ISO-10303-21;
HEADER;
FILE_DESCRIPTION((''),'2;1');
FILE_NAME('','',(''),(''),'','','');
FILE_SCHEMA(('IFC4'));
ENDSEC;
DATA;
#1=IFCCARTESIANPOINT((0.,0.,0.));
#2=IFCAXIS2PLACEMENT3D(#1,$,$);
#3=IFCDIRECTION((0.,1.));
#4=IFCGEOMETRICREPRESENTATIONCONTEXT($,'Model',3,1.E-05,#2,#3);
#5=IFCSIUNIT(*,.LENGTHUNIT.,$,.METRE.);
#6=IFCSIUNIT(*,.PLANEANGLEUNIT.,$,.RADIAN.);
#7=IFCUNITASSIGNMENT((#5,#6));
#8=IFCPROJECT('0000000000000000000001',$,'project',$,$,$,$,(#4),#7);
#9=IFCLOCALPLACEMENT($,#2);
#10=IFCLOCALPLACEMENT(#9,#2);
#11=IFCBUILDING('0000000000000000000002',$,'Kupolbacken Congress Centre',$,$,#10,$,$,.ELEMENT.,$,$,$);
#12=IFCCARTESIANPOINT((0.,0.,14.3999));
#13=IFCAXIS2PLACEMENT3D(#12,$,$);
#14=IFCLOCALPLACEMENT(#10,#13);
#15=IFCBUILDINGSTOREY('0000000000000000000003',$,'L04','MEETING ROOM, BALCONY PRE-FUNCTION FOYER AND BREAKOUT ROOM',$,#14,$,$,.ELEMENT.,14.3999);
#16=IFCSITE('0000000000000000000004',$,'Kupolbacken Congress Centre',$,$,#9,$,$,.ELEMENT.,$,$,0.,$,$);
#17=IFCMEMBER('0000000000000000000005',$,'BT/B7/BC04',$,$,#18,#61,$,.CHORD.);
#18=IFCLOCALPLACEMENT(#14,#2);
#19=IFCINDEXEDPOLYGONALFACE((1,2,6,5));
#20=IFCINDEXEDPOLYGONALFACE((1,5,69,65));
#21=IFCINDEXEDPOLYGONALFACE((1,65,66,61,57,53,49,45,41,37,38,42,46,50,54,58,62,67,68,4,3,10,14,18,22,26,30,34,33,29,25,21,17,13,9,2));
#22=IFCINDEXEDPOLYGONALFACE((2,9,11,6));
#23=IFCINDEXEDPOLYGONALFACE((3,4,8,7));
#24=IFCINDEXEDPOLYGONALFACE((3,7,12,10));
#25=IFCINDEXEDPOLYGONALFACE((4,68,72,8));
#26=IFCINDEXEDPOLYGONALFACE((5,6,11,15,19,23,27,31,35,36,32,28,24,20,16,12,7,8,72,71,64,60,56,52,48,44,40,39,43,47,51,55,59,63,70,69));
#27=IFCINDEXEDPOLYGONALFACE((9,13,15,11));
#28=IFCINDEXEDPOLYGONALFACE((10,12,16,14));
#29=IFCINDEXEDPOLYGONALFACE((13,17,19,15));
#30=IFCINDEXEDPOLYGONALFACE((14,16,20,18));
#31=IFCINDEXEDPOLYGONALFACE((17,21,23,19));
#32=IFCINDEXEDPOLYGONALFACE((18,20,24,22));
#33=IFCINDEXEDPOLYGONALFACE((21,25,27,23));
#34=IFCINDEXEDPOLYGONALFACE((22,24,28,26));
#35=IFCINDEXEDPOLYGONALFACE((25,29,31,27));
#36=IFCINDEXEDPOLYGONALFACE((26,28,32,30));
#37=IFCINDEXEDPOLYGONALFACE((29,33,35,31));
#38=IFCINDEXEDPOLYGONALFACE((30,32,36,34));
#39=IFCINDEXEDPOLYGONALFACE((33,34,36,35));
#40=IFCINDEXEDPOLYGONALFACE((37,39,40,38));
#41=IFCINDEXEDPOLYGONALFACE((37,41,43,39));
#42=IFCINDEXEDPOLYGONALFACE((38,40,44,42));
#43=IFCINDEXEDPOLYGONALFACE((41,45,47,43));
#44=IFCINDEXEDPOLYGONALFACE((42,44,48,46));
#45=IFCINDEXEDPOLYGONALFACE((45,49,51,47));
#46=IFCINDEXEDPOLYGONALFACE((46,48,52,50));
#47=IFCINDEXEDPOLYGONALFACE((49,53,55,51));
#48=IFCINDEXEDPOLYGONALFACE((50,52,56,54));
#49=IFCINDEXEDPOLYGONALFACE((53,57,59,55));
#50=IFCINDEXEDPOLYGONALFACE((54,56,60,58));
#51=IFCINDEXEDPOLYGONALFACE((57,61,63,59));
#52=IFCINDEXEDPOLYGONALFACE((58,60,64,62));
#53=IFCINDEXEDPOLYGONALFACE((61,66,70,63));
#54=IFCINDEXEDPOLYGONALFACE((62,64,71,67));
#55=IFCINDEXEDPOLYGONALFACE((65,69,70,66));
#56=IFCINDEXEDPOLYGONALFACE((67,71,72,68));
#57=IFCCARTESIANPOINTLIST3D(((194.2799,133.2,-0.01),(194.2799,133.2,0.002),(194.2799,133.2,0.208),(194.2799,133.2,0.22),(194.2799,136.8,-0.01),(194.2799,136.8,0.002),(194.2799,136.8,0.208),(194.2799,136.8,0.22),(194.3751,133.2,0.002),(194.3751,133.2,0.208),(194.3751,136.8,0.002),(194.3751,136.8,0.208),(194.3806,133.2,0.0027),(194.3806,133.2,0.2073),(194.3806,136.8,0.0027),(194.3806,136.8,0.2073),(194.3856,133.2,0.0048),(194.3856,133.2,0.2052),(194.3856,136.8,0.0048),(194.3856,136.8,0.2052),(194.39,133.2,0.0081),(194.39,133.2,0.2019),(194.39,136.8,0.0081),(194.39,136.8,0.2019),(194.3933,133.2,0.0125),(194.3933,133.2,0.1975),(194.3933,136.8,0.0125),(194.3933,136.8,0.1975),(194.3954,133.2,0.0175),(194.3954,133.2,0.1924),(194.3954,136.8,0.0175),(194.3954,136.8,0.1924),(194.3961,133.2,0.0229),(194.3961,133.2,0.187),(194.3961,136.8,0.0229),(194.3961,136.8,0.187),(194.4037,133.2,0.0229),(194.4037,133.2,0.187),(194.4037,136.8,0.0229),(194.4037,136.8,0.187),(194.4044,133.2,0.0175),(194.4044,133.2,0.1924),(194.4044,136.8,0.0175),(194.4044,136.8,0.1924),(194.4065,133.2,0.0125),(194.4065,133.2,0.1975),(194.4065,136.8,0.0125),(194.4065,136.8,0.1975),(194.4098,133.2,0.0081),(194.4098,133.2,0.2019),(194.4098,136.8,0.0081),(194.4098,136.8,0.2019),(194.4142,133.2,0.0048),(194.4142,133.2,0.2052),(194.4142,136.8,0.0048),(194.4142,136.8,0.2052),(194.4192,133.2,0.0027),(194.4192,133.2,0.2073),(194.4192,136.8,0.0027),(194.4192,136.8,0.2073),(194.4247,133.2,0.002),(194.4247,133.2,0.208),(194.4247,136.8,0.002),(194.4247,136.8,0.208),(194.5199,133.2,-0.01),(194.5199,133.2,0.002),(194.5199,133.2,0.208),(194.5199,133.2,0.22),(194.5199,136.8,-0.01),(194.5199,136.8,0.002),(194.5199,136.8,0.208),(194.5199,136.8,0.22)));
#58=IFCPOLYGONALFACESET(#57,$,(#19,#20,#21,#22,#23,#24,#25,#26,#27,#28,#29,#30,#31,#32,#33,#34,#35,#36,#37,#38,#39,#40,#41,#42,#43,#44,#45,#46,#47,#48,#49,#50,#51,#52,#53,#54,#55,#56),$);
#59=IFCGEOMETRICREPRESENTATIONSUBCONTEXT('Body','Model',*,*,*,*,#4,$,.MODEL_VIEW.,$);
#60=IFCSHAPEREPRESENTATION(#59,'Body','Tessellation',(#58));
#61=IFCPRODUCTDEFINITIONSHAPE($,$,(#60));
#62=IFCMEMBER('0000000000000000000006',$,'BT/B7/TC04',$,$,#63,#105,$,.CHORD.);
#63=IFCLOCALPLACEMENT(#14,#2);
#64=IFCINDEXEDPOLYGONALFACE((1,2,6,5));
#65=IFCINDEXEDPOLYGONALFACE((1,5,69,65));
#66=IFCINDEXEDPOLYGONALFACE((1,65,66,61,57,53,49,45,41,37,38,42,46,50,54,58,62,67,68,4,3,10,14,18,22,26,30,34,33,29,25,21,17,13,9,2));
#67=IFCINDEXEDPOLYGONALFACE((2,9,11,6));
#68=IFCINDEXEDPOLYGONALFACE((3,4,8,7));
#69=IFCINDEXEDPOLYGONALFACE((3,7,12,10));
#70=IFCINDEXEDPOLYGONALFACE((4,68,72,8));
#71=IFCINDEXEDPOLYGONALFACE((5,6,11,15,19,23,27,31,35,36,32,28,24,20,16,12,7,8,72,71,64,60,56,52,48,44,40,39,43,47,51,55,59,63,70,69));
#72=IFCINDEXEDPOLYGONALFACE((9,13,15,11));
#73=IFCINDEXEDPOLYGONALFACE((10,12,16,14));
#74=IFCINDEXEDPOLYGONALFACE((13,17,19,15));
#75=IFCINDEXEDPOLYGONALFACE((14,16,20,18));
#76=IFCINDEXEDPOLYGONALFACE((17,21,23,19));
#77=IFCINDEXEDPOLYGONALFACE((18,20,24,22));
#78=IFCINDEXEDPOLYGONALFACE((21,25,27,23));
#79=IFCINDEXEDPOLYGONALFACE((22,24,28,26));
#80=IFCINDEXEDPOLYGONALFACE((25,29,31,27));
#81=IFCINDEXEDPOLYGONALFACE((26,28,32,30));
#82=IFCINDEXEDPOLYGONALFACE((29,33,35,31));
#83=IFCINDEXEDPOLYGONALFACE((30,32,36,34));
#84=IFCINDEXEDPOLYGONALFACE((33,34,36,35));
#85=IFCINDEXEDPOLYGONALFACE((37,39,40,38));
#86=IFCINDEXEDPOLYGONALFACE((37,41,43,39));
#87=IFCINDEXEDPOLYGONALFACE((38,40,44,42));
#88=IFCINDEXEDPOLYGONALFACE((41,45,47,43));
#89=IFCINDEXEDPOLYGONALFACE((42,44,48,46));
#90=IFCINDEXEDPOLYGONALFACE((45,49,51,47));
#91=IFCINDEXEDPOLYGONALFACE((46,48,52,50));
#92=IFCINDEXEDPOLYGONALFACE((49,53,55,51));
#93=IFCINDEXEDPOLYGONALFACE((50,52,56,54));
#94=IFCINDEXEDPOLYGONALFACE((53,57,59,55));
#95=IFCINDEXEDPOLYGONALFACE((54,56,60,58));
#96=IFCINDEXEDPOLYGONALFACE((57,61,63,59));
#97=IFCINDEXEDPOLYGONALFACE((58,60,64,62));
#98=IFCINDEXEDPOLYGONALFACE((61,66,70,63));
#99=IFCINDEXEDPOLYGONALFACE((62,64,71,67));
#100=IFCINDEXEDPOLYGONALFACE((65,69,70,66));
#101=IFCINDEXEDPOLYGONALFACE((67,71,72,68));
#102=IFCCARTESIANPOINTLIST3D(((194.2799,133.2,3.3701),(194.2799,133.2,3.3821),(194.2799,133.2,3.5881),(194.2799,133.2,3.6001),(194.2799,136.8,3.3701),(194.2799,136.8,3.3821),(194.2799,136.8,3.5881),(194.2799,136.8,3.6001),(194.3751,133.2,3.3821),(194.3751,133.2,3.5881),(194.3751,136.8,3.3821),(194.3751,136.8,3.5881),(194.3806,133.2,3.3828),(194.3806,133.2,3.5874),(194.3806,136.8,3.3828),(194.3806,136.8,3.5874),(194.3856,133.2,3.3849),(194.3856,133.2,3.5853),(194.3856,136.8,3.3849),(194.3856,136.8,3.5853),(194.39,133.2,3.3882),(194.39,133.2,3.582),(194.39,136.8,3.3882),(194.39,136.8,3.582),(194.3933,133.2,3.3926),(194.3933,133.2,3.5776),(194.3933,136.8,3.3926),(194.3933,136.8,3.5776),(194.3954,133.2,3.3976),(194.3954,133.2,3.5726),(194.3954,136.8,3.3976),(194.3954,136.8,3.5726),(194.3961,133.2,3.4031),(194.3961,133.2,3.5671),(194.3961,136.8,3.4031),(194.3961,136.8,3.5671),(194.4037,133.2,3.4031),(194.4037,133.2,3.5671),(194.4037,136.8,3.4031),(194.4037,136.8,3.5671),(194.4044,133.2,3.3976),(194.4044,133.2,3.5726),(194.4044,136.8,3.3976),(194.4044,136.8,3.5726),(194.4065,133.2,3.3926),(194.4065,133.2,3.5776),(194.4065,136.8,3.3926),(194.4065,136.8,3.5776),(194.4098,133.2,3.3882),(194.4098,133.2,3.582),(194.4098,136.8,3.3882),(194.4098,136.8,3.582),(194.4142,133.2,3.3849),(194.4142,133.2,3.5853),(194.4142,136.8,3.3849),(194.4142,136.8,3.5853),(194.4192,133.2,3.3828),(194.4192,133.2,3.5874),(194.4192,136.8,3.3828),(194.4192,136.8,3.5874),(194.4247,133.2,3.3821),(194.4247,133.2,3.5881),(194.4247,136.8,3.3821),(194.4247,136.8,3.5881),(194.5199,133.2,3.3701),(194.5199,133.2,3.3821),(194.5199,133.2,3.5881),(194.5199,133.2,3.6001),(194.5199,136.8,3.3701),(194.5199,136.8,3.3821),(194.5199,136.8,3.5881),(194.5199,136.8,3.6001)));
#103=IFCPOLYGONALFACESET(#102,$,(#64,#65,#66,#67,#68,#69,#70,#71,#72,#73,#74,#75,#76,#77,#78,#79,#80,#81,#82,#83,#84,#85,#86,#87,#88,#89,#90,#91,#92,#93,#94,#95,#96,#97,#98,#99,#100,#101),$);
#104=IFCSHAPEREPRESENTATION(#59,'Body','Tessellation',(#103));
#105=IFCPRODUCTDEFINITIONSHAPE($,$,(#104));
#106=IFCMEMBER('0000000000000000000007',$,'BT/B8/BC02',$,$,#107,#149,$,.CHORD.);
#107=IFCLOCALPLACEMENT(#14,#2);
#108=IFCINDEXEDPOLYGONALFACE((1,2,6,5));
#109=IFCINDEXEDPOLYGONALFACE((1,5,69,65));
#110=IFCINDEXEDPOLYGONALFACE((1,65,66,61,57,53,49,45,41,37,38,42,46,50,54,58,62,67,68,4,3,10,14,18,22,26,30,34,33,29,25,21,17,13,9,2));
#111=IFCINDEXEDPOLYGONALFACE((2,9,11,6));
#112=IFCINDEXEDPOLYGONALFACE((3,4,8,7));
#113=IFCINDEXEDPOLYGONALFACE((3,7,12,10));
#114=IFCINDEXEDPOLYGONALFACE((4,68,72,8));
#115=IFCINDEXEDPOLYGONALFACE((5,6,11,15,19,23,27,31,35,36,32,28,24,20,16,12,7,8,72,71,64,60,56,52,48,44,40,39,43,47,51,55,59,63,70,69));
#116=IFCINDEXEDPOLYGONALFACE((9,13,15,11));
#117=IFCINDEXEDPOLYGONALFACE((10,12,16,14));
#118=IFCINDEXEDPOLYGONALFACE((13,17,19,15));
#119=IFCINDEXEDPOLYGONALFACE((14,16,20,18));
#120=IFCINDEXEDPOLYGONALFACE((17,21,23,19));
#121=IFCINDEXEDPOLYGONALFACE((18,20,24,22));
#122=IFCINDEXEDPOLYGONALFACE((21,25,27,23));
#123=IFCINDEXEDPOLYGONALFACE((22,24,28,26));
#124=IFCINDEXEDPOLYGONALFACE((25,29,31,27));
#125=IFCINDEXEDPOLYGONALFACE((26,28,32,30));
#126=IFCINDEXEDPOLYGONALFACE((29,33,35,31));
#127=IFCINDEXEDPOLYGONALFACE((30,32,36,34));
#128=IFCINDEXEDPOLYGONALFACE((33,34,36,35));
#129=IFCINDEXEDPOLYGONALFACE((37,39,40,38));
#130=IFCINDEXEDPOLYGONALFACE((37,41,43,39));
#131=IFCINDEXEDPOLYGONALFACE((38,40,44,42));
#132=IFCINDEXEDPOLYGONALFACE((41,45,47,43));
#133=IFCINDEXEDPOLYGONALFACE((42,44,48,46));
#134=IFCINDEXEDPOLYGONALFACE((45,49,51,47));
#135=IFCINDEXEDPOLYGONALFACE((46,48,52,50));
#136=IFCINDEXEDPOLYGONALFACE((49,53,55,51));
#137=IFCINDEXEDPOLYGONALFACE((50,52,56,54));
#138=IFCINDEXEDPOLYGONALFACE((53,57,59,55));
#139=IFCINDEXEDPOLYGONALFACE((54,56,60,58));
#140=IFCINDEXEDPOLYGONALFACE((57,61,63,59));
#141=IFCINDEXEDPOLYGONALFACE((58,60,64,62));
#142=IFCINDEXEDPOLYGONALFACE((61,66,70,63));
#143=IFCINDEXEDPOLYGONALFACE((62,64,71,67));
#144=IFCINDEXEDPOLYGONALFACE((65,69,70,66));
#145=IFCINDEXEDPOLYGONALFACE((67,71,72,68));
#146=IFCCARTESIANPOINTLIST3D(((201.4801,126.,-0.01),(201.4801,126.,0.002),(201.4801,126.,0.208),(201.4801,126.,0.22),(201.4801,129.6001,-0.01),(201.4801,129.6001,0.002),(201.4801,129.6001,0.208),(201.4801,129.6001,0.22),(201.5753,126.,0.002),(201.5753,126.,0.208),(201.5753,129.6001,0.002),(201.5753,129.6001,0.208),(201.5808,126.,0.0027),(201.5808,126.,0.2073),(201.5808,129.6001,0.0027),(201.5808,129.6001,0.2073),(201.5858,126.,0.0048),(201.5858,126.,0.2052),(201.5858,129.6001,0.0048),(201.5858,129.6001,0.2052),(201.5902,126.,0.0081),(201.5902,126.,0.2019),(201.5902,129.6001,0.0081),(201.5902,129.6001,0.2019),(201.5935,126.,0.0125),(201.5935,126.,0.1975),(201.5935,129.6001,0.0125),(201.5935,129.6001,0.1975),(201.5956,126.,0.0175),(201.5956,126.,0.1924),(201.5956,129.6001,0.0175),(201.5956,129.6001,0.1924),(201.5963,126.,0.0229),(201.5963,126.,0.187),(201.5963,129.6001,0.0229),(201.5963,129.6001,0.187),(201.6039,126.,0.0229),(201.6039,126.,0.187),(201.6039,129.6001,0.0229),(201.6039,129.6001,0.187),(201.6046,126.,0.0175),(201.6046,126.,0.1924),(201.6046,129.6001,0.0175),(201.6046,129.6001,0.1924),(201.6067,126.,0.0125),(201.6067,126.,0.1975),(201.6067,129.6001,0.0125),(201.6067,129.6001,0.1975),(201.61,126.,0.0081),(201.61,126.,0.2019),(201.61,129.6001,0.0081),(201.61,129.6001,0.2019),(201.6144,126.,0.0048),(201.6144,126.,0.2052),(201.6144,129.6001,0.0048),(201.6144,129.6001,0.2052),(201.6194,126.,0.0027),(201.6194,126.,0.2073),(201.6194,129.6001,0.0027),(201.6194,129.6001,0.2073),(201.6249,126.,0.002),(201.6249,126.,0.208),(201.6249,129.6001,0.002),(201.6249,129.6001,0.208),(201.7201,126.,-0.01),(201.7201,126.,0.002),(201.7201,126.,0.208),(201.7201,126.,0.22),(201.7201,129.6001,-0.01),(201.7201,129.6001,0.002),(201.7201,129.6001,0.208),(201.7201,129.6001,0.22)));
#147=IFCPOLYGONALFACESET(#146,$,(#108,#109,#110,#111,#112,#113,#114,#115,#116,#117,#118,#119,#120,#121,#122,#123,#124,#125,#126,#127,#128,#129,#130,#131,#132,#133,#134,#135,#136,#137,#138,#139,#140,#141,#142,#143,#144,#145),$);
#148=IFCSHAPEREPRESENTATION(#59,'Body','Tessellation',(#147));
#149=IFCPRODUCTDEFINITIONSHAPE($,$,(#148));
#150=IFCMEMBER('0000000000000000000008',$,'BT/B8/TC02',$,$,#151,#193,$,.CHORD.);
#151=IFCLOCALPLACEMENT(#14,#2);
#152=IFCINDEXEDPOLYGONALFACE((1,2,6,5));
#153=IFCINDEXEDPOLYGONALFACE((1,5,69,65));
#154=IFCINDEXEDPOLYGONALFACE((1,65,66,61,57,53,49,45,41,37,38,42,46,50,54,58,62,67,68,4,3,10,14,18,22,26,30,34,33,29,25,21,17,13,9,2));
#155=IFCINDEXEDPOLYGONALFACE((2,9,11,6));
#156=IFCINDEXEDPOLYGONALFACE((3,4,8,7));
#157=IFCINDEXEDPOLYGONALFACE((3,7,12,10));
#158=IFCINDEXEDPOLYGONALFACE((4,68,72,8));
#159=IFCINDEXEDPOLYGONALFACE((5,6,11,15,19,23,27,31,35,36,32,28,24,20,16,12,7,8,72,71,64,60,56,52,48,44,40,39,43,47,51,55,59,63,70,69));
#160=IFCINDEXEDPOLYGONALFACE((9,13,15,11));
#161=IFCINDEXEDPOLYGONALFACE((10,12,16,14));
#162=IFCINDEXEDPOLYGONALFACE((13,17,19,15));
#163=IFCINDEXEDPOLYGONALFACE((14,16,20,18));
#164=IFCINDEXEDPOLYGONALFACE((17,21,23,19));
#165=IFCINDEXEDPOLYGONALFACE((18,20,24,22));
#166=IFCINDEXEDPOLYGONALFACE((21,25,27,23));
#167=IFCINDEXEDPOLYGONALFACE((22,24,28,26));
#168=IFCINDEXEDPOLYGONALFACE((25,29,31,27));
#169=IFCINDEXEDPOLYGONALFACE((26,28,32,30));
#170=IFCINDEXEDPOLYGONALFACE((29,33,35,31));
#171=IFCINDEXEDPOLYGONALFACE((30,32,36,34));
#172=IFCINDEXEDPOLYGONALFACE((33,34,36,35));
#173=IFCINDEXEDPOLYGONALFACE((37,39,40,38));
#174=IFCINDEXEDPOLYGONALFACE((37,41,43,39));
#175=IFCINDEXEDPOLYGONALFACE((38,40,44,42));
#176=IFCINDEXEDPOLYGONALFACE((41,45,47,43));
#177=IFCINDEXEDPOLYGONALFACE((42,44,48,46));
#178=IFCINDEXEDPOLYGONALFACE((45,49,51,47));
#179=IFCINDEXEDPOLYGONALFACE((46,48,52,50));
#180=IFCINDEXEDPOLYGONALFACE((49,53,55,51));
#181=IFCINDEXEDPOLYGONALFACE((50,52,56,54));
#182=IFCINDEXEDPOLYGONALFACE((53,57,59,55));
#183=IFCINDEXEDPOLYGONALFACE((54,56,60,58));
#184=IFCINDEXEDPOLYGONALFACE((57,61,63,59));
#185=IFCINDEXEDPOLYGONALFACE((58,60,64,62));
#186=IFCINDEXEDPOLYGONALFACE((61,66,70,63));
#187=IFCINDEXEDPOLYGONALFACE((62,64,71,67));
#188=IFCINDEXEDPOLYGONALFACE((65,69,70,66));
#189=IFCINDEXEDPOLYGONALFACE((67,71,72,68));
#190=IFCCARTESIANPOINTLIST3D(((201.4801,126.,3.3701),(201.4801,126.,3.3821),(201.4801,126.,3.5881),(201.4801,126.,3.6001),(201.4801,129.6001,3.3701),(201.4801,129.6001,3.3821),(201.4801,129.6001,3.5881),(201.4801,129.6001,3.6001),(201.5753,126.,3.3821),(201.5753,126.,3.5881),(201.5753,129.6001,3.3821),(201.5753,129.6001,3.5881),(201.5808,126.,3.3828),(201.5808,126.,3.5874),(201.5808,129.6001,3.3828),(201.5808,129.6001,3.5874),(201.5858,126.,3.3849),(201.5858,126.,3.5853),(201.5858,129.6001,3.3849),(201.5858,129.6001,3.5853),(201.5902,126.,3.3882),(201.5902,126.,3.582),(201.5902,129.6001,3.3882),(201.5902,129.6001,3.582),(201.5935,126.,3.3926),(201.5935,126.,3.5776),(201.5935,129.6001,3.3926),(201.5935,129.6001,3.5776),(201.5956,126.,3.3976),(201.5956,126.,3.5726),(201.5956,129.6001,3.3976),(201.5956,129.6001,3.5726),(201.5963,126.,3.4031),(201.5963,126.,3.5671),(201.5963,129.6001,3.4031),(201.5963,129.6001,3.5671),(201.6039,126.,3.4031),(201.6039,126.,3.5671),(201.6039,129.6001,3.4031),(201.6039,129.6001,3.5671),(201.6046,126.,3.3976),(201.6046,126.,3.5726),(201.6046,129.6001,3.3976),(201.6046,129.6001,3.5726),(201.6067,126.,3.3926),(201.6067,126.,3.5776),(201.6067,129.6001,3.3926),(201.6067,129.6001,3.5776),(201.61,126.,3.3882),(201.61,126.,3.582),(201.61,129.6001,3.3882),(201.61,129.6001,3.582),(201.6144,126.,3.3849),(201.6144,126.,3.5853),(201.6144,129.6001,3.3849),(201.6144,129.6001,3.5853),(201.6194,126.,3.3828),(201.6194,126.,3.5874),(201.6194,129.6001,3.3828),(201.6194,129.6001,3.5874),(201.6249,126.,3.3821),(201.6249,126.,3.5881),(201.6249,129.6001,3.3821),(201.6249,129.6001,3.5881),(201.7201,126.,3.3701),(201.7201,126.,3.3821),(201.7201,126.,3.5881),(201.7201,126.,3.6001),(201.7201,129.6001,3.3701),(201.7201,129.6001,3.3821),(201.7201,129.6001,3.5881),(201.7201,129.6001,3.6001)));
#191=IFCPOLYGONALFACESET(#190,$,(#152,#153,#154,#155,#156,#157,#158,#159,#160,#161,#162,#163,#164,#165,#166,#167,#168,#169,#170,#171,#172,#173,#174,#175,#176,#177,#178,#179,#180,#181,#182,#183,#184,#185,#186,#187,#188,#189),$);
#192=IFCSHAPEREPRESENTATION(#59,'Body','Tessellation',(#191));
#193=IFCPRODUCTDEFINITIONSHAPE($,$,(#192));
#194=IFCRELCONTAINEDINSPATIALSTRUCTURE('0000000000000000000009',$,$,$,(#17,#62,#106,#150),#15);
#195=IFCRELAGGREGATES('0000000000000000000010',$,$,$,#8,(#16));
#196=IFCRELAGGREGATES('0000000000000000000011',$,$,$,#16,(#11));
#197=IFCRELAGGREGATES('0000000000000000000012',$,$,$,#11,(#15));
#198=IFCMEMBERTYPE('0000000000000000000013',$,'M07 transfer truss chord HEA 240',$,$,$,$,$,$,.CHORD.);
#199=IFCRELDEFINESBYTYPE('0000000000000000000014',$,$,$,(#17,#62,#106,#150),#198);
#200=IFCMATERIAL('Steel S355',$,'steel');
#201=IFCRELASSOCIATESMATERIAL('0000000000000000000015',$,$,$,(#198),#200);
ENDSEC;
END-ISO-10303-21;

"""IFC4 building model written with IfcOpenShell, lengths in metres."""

from ifc_helpers import new_model, si_unit, direction, frame, origin, origin_2d, place, context, subcontext, project, spatial, i_section, extrude, material, material_profile, profile_set, type_object, element, save


model = new_model("IFC4")

# Units and contexts
model_context = context("Model", 3, precision=1e-05, world=origin(), true_north=direction((0.0, 1.0)))
body_context = subcontext(model_context, "Body", "Model", "MODEL_VIEW")
ifc_project = project(units=[si_unit("LENGTHUNIT", "METRE"), si_unit("PLANEANGLEUNIT", "RADIAN")], contexts=[model_context])

# Site, building, storey
site_placement = place(None, origin())
site = spatial("IfcSite", under=ifc_project, at=site_placement, Name="Kupolbacken Congress Centre", CompositionType="ELEMENT", RefElevation=0.0)
building_placement = place(site_placement, origin())
building = spatial("IfcBuilding", under=site, at=building_placement, Name="Kupolbacken Congress Centre", CompositionType="ELEMENT")
storey_placement = place(building_placement, frame((0.0, 0.0, 14.3999)))
storey = spatial("IfcBuildingStorey", under=building, at=storey_placement, Name="L04", Description="MEETING ROOM, BALCONY PRE-FUNCTION FOYER AND BREAKOUT ROOM", CompositionType="ELEMENT", Elevation=14.3999)

# Members
ifc_material_1 = material(Name="Steel S355", Category="steel")
ifc_material_profile_1 = material_profile(ifc_material_1, i_section(OverallWidth=0.24, OverallDepth=0.23, WebThickness=0.0076, FlangeThickness=0.012, FilletRadius=0.021, at=origin_2d()), Name="HEA 240")
ifc_profile_set_1 = profile_set([ifc_material_profile_1], Name="Steel S355")
member_type_1 = type_object("IfcMemberType", Name="M07 transfer truss chord HEA 240", PredefinedType="CHORD", material=ifc_profile_set_1)
for number, where, z_axis, x_axis, name in (
    (1, (194.3999, 133.2, 0.105), (0.0, 1.0, 0.0), (-1.0, 0.0, 0.0), "BT/B7/BC04"),
    (2, (194.3999, 133.2, 3.4851), (0.0, 1.0, 0.0), (-1.0, 0.0, 0.0), "BT/B7/TC04"),
    (3, (201.6001, 126.0, 0.105), (0.0, 1.0, 0.0), (-1.0, 0.0, 0.0), "BT/B8/BC02"),
    (4, (201.6001, 126.0, 3.4851), (0.0, 1.0, 0.0), (-1.0, 0.0, 0.0), "BT/B8/TC02"),
):
    element("IfcMember", number, at=place(storey_placement, frame(where, z_axis=z_axis, x_axis=x_axis)), inside=storey, type_object=member_type_1, Name=name, PredefinedType="CHORD", context=body_context, shape_type="SweptSolid", body=[
        extrude(i_section(OverallWidth=0.24, OverallDepth=0.23, WebThickness=0.0076, FlangeThickness=0.012, FilletRadius=0.021, at=origin_2d()), origin(), (0.0, 0.0, 1.0), 3.6001),
    ])

save(model, "model.ifc")
